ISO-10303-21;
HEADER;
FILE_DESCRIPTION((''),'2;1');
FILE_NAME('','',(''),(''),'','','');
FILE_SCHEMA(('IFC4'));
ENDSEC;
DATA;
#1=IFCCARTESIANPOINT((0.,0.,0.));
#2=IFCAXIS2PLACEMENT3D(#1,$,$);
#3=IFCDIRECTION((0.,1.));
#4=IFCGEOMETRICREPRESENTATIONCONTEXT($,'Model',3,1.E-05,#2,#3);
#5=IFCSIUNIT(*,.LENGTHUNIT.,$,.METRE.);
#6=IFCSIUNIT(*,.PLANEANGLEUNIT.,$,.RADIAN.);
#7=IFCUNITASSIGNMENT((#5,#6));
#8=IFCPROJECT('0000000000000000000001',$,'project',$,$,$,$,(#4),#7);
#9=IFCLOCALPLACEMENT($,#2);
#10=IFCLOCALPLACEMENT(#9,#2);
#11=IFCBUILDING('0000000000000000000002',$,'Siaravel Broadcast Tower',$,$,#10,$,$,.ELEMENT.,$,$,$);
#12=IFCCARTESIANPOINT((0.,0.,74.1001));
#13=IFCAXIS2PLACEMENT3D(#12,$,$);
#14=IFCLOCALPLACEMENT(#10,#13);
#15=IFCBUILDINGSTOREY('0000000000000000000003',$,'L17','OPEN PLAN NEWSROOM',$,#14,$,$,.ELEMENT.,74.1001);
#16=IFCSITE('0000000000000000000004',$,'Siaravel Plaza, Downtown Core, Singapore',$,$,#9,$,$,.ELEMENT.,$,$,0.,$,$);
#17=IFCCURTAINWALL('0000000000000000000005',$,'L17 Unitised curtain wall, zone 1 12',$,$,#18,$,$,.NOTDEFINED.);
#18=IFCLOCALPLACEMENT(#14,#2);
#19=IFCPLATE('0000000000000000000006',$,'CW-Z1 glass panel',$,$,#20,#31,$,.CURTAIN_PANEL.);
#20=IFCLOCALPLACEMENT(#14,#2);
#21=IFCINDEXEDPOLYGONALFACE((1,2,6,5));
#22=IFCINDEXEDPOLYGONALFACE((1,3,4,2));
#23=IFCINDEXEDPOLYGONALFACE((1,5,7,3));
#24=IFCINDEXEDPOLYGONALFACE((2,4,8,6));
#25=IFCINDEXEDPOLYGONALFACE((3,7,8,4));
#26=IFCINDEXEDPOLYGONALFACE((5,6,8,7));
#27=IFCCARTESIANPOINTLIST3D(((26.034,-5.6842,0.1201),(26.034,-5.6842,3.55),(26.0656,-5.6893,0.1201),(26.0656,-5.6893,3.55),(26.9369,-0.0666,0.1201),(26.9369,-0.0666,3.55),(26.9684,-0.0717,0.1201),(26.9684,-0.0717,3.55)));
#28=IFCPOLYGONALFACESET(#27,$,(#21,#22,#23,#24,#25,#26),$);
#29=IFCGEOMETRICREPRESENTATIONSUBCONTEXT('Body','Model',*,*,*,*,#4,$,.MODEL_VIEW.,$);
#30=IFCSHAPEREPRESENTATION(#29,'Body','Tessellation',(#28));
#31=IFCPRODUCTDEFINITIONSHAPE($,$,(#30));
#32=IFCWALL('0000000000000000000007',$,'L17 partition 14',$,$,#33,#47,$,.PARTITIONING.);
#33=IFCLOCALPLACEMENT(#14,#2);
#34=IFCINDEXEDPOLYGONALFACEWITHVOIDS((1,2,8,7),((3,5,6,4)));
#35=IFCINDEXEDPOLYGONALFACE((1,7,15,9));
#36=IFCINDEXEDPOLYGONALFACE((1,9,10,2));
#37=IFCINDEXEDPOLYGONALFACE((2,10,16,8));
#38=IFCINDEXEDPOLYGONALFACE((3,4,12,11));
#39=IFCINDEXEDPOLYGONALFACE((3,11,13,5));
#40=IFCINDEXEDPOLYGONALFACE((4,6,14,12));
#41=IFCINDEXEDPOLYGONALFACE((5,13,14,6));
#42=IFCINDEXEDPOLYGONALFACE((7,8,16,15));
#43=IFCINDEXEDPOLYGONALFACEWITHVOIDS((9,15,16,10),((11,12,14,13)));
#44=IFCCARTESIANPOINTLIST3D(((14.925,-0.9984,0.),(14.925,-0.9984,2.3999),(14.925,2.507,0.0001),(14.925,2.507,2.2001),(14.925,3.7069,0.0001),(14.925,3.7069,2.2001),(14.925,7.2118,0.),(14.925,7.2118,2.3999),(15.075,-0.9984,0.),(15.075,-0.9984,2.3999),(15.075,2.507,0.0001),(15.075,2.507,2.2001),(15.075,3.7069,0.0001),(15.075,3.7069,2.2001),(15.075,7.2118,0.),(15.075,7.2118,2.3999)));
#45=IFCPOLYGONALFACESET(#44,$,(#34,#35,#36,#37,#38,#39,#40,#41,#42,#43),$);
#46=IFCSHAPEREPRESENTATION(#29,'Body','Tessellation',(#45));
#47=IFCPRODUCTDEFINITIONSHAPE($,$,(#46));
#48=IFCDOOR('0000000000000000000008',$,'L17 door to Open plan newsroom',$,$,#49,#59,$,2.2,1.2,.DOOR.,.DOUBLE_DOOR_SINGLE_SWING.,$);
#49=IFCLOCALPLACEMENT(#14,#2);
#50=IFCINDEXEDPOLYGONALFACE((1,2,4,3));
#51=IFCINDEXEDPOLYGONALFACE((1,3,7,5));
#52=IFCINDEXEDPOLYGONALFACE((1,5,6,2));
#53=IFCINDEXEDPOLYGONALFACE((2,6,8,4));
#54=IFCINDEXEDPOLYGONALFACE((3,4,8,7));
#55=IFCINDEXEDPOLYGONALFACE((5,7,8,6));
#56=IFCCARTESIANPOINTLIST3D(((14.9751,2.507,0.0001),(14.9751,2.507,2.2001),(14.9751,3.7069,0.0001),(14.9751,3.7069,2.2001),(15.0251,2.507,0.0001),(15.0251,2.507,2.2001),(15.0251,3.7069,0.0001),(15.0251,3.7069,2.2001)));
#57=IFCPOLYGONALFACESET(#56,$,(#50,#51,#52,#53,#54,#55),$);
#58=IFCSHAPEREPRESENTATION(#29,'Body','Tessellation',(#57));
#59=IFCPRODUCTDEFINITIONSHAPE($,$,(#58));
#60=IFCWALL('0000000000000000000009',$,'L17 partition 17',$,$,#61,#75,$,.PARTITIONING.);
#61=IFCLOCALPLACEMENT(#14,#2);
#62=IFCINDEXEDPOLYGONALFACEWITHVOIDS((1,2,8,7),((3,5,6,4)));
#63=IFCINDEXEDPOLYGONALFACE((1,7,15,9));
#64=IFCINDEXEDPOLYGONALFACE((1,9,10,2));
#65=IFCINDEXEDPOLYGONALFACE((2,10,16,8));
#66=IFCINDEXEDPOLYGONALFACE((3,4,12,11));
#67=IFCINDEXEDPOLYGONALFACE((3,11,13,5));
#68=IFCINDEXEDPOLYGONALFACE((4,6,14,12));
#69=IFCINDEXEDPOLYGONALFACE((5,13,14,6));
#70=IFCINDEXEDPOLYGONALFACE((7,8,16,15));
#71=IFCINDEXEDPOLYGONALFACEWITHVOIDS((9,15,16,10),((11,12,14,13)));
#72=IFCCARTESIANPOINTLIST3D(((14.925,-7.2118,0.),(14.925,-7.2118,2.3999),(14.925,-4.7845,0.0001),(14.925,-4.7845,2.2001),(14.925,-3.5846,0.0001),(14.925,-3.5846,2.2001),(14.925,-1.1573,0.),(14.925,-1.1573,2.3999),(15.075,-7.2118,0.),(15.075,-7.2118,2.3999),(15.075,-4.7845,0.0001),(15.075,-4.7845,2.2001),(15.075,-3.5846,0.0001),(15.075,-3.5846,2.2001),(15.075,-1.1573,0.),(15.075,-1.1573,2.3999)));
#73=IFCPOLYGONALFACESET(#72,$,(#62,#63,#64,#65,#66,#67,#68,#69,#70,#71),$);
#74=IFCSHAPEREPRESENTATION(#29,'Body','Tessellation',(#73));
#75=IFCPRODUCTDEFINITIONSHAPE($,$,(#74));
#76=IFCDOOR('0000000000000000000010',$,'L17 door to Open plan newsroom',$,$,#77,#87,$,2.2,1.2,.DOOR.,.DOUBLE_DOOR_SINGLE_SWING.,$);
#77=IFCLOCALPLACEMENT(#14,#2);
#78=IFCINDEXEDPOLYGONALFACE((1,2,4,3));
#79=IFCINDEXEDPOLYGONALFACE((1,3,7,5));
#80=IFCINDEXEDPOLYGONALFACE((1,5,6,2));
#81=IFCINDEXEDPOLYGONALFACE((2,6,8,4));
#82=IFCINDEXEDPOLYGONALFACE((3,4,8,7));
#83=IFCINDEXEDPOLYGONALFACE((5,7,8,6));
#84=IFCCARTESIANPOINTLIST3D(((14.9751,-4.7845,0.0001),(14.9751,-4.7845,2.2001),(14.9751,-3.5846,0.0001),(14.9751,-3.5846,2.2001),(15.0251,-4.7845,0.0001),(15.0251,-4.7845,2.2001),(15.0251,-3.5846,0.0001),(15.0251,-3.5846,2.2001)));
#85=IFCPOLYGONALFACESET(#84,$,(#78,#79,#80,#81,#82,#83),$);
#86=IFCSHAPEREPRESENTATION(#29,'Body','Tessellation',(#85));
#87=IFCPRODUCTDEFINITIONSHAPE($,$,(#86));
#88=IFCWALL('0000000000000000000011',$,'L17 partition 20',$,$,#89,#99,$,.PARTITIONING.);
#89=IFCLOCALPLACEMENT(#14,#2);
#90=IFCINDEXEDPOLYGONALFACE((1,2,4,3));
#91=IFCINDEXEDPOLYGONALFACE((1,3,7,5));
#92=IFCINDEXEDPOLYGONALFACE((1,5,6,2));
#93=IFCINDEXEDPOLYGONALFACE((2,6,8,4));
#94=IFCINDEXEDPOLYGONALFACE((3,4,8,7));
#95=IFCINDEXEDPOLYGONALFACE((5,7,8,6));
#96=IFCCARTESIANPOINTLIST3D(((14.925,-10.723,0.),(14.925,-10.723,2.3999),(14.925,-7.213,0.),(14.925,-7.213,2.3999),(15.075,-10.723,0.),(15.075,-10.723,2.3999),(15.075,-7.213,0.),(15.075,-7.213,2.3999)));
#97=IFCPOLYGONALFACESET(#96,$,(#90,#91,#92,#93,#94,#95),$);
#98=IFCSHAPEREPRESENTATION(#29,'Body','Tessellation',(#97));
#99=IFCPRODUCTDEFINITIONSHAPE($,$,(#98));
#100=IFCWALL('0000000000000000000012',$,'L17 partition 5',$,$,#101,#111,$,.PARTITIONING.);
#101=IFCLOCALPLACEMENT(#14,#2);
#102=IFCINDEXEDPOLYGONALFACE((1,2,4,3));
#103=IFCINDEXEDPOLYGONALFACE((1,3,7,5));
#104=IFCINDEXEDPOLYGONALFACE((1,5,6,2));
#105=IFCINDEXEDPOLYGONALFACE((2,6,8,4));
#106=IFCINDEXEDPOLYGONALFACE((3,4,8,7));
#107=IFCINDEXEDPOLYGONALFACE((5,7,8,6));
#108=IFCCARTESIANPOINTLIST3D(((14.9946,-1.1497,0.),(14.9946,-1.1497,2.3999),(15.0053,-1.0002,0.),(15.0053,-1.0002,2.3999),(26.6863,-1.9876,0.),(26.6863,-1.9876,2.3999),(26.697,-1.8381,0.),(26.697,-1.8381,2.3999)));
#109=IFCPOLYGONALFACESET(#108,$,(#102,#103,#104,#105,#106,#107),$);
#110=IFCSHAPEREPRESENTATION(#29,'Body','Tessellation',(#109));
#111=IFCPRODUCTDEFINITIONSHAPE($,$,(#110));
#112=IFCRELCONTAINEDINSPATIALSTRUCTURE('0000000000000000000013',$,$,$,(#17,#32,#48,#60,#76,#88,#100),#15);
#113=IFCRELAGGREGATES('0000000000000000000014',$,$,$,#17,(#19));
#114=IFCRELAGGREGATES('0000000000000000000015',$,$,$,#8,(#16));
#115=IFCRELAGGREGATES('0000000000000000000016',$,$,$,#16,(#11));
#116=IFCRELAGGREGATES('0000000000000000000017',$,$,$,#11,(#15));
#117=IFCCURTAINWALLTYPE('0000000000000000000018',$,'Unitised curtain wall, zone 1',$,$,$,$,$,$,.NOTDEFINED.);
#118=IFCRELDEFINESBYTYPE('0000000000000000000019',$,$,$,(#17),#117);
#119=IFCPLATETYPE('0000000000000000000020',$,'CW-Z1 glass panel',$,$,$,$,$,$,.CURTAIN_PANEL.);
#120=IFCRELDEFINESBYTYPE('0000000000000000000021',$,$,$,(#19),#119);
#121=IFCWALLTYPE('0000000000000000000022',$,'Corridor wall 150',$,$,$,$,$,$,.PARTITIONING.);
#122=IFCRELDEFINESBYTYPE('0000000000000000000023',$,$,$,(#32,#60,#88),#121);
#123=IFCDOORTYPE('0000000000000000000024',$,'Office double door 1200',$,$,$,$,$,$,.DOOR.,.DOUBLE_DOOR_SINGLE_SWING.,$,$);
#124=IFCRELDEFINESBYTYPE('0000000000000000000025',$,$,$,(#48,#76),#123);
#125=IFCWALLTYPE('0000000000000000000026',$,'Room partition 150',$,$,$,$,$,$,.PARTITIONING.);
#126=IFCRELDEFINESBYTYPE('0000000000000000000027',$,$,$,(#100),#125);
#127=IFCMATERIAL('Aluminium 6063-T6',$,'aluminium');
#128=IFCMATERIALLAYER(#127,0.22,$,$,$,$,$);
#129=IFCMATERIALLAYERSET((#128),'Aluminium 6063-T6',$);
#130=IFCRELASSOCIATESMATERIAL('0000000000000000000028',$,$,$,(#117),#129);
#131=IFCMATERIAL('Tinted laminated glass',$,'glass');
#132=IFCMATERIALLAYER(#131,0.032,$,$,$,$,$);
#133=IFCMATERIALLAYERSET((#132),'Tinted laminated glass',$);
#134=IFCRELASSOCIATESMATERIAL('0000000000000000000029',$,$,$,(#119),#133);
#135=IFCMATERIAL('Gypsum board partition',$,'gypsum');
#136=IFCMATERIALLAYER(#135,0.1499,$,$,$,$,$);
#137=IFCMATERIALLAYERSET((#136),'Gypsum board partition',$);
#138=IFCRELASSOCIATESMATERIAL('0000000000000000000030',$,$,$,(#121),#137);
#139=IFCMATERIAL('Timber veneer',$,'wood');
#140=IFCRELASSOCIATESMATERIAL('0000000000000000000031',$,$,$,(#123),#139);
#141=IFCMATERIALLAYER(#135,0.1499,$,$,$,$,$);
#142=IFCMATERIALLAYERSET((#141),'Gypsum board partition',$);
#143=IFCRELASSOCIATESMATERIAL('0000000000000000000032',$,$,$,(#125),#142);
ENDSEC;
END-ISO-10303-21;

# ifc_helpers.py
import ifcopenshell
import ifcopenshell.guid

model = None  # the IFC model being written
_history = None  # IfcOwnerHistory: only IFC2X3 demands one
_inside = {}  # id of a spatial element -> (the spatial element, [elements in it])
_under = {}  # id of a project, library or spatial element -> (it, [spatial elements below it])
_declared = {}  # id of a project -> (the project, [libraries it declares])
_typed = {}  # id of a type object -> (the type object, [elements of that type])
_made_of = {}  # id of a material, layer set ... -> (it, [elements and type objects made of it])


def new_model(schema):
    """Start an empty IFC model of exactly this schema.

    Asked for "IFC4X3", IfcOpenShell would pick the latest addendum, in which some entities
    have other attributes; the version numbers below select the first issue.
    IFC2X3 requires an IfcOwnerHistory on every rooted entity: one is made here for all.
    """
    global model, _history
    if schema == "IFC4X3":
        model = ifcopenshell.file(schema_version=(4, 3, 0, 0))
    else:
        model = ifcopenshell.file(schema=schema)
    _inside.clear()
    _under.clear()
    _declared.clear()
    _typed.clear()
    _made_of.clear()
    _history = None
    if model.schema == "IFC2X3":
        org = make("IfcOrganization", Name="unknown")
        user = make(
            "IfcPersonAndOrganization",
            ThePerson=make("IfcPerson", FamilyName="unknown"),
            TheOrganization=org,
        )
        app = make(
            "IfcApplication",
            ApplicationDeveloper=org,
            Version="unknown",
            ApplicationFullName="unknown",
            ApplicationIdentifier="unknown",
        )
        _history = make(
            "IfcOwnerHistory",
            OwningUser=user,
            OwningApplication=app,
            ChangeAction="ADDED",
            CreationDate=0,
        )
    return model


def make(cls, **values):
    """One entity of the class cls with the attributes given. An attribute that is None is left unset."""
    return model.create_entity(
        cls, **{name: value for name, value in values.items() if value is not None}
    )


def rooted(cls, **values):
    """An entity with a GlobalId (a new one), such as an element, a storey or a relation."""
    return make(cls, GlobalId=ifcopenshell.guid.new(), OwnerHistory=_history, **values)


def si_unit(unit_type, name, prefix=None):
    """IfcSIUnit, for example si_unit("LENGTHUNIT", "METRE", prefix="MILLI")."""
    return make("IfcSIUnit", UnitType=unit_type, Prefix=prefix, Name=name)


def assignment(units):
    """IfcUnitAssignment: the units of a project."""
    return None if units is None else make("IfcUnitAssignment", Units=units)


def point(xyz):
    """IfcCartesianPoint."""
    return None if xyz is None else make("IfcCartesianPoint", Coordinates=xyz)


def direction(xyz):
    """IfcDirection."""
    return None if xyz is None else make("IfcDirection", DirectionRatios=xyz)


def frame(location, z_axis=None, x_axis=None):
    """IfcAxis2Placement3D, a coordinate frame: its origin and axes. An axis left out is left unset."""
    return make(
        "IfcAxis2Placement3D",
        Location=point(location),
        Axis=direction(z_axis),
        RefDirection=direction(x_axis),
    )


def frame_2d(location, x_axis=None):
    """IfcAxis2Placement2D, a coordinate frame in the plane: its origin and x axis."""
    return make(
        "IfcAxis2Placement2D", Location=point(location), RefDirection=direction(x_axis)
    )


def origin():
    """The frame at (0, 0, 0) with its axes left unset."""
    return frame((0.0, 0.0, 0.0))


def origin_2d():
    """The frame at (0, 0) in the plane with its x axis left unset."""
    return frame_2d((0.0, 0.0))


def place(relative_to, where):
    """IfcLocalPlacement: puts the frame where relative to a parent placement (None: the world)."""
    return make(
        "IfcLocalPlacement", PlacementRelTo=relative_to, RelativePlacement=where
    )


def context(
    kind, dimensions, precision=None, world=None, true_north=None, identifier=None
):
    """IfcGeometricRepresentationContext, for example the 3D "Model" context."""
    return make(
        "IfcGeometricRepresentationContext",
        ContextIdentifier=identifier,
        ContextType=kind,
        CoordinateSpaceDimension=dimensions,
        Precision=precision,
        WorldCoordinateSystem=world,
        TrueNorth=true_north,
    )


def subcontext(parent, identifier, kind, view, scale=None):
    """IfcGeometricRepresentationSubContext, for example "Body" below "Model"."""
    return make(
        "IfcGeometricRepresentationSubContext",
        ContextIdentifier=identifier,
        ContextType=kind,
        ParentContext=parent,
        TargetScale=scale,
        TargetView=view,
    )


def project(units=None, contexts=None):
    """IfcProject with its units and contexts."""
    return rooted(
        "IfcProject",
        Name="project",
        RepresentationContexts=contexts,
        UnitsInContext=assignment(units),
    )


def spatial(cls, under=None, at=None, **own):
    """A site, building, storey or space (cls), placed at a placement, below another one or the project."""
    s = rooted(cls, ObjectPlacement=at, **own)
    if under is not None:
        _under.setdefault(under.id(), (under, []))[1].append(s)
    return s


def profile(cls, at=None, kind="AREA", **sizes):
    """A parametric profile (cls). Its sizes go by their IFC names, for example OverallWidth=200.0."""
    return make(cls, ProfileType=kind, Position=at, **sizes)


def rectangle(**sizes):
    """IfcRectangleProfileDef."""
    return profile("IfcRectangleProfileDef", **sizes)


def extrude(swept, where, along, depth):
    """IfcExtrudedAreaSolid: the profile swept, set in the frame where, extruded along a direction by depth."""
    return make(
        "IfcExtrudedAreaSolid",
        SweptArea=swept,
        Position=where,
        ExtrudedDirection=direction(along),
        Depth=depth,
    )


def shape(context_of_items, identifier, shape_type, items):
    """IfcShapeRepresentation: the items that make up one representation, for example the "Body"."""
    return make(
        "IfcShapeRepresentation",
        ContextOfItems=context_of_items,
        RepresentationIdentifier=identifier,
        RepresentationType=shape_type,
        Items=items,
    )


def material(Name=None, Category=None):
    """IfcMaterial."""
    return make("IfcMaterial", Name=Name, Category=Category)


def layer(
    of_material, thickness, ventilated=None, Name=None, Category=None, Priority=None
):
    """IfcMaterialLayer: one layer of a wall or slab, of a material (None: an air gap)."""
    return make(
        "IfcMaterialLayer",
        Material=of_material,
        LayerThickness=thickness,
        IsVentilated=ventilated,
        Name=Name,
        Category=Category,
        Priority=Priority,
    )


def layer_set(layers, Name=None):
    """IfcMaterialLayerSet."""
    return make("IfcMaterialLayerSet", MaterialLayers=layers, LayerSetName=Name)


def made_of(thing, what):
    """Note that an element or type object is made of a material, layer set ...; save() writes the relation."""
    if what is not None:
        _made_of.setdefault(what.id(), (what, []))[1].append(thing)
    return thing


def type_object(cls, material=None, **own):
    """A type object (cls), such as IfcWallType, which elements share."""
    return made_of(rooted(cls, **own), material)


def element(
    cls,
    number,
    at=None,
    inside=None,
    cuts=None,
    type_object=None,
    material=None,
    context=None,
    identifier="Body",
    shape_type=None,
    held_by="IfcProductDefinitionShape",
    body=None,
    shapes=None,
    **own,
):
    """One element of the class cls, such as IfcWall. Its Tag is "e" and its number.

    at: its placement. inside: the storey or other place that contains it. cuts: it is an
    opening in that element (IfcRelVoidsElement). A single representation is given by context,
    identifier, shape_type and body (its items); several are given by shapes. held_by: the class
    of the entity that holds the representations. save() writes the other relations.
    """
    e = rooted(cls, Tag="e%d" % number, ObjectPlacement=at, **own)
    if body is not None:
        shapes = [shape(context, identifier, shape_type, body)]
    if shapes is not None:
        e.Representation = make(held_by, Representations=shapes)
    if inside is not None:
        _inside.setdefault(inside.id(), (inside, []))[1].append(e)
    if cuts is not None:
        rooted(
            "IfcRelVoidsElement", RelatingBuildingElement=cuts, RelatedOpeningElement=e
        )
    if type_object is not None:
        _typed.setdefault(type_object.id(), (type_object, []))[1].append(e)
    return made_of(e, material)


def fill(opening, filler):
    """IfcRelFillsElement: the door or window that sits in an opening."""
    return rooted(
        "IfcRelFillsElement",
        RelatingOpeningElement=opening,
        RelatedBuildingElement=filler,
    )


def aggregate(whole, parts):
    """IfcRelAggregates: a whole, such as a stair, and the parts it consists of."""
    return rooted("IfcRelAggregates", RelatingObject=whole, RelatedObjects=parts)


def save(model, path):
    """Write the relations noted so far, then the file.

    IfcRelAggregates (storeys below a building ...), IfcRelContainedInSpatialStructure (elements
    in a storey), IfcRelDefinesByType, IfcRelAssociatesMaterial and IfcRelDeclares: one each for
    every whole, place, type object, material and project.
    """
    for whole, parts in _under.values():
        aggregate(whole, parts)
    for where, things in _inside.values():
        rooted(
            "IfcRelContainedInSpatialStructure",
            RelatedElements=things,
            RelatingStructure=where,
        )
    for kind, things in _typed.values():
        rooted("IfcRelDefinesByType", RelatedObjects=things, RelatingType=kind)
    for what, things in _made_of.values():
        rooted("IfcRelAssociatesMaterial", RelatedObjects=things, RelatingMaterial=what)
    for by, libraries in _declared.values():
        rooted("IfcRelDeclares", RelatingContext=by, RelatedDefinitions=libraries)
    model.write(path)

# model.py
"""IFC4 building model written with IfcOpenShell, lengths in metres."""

from ifc_helpers import new_model, si_unit, direction, frame, frame_2d, origin, origin_2d, place, context, subcontext, project, spatial, rectangle, extrude, material, layer, layer_set, type_object, element, fill, aggregate, save


model = new_model("IFC4")

# Units and contexts
model_context = context("Model", 3, precision=1e-05, world=origin(), true_north=direction((0.0, 1.0)))
body_context = subcontext(model_context, "Body", "Model", "MODEL_VIEW")
ifc_project = project(units=[si_unit("LENGTHUNIT", "METRE"), si_unit("PLANEANGLEUNIT", "RADIAN")], contexts=[model_context])

# Site, building, storey
site_placement = place(None, origin())
site = spatial("IfcSite", under=ifc_project, at=site_placement, Name="Siaravel Plaza, Downtown Core, Singapore", CompositionType="ELEMENT", RefElevation=0.0)
building_placement = place(site_placement, origin())
building = spatial("IfcBuilding", under=site, at=building_placement, Name="Siaravel Broadcast Tower", CompositionType="ELEMENT")
storey_placement = place(building_placement, frame((0.0, 0.0, 74.1001)))
storey = spatial("IfcBuildingStorey", under=building, at=storey_placement, Name="L17", Description="OPEN PLAN NEWSROOM", CompositionType="ELEMENT", Elevation=74.1001)

# Shared definitions
ifc_material_1 = material(Name="Aluminium 6063-T6", Category="aluminium")
ifc_layer_1 = layer(ifc_material_1, 0.22)
ifc_layer_set_1 = layer_set([ifc_layer_1], Name="Aluminium 6063-T6")
curtain_wall_type = type_object("IfcCurtainWallType", Name="Unitised curtain wall, zone 1", PredefinedType="NOTDEFINED", material=ifc_layer_set_1)

# Curtain wall
curtain_wall_1_placement = place(storey_placement, origin())
curtain_wall_1 = element("IfcCurtainWall", 1, at=curtain_wall_1_placement, inside=storey, type_object=curtain_wall_type, Name="L17 Unitised curtain wall, zone 1 12", PredefinedType="NOTDEFINED")

# Plate
ifc_material_2 = material(Name="Tinted laminated glass", Category="glass")
ifc_layer_2 = layer(ifc_material_2, 0.032)
ifc_layer_set_2 = layer_set([ifc_layer_2], Name="Tinted laminated glass")
plate_type = type_object("IfcPlateType", Name="CW-Z1 glass panel", PredefinedType="CURTAIN_PANEL", material=ifc_layer_set_2)
plate_1_placement = place(storey_placement, frame((26.5012, -2.8779, 0.1201), z_axis=(0.0, 0.0, 1.0), x_axis=(0.158685, 0.987329, 0.0)))
plate_1 = element("IfcPlate", 2, at=plate_1_placement, type_object=plate_type, Name="CW-Z1 glass panel", PredefinedType="CURTAIN_PANEL", context=body_context, shape_type="SweptSolid", body=[
    extrude(rectangle(XDim=5.6897, YDim=0.032, at=origin_2d()), origin(), (0.0, 0.0, 1.0), 3.4299),
])
aggregate(curtain_wall_1, [plate_1])

# Walls, openings, doors
ifc_material_3 = material(Name="Gypsum board partition", Category="gypsum")
ifc_layer_3 = layer(ifc_material_3, 0.1499)
ifc_layer_set_3 = layer_set([ifc_layer_3], Name="Gypsum board partition")
wall_type_1 = type_object("IfcWallType", Name="Corridor wall 150", PredefinedType="PARTITIONING", material=ifc_layer_set_3)
wall_1_placement = place(storey_placement, frame((15.0, -0.9983, 0.0), z_axis=(0.0, 0.0, 1.0), x_axis=(0.0, 1.0, 0.0)))
wall_1 = element("IfcWall", 3, at=wall_1_placement, inside=storey, type_object=wall_type_1, Name="L17 partition 14", PredefinedType="PARTITIONING", context=body_context, shape_type="SweptSolid", body=[
    extrude(rectangle(XDim=8.2102, YDim=0.1499, at=frame_2d((4.105, 0.0))), origin(), (0.0, 0.0, 1.0), 2.3999),
])
opening_1_placement = place(wall_1_placement, frame((3.5051, 0.0, 0.0)))
opening_1 = element("IfcOpeningElement", 4, at=opening_1_placement, cuts=wall_1, PredefinedType="OPENING", context=body_context, shape_type="SweptSolid", body=[
    extrude(rectangle(XDim=1.2, YDim=2.2, at=frame_2d((0.6001, 1.1001))), frame((0.0, 0.085, 0.0), z_axis=(0.0, -1.0, 0.0), x_axis=(1.0, 0.0, 0.0)), (0.0, 0.0, 1.0), 0.1699),
])
ifc_material_4 = material(Name="Timber veneer", Category="wood")
door_type = type_object("IfcDoorType", Name="Office double door 1200", OperationType="DOUBLE_DOOR_SINGLE_SWING", PredefinedType="DOOR", material=ifc_material_4)
door_1_placement = place(opening_1_placement, origin())
door_1 = element("IfcDoor", 5, at=door_1_placement, inside=storey, type_object=door_type, Name="L17 door to Open plan newsroom", OperationType="DOUBLE_DOOR_SINGLE_SWING", OverallHeight=2.2, OverallWidth=1.2, PredefinedType="DOOR", context=body_context, shape_type="SweptSolid", body=[
    extrude(rectangle(XDim=1.2, YDim=2.2, at=frame_2d((0.6001, 1.1001))), frame((0.0, 0.0249, 0.0), z_axis=(0.0, -1.0, 0.0), x_axis=(1.0, 0.0, 0.0)), (0.0, 0.0, 1.0), 0.05),
])
fill(opening_1, door_1)
wall_2_placement = place(storey_placement, frame((15.0, -7.2119, 0.0), z_axis=(0.0, 0.0, 1.0), x_axis=(0.0, 1.0, 0.0)))
wall_2 = element("IfcWall", 6, at=wall_2_placement, inside=storey, type_object=wall_type_1, Name="L17 partition 17", PredefinedType="PARTITIONING", context=body_context, shape_type="SweptSolid", body=[
    extrude(rectangle(XDim=6.0544, YDim=0.1499, at=frame_2d((3.0273, 0.0))), origin(), (0.0, 0.0, 1.0), 2.3999),
])
opening_2_placement = place(wall_2_placement, frame((2.4272, 0.0, 0.0)))
opening_2 = element("IfcOpeningElement", 7, at=opening_2_placement, cuts=wall_2, PredefinedType="OPENING", context=body_context, shape_type="SweptSolid", body=[
    extrude(rectangle(XDim=1.2, YDim=2.2, at=frame_2d((0.6001, 1.1001))), frame((0.0, 0.085, 0.0), z_axis=(0.0, -1.0, 0.0), x_axis=(1.0, 0.0, 0.0)), (0.0, 0.0, 1.0), 0.1699),
])
door_2_placement = place(opening_2_placement, origin())
door_2 = element("IfcDoor", 8, at=door_2_placement, inside=storey, type_object=door_type, Name="L17 door to Open plan newsroom", OperationType="DOUBLE_DOOR_SINGLE_SWING", OverallHeight=2.2, OverallWidth=1.2, PredefinedType="DOOR", context=body_context, shape_type="SweptSolid", body=[
    extrude(rectangle(XDim=1.2, YDim=2.2, at=frame_2d((0.6001, 1.1001))), frame((0.0, 0.0249, 0.0), z_axis=(0.0, -1.0, 0.0), x_axis=(1.0, 0.0, 0.0)), (0.0, 0.0, 1.0), 0.05),
])
fill(opening_2, door_2)

# Walls
wall_3_placement = place(storey_placement, frame((15.0, -10.7229, 0.0), z_axis=(0.0, 0.0, 1.0), x_axis=(0.0, 1.0, 0.0)))
element("IfcWall", 9, at=wall_3_placement, inside=storey, type_object=wall_type_1, Name="L17 partition 20", PredefinedType="PARTITIONING", context=body_context, shape_type="SweptSolid", body=[
    extrude(rectangle(XDim=3.51, YDim=0.1499, at=frame_2d((1.7549, 0.0))), origin(), (0.0, 0.0, 1.0), 2.3999),
])
ifc_layer_4 = layer(ifc_material_3, 0.1499)
ifc_layer_set_4 = layer_set([ifc_layer_4], Name="Gypsum board partition")
wall_type_2 = type_object("IfcWallType", Name="Room partition 150", PredefinedType="PARTITIONING", material=ifc_layer_set_4)
wall_4_placement = place(storey_placement, frame((26.6917, -1.9128, 0.0), z_axis=(0.0, 0.0, 1.0), x_axis=(-0.997442, 0.071482, 0.0)))
element("IfcWall", 10, at=wall_4_placement, inside=storey, type_object=wall_type_2, Name="L17 partition 5", PredefinedType="PARTITIONING", context=body_context, shape_type="SweptSolid", body=[
    extrude(rectangle(XDim=11.7217, YDim=0.1499, at=frame_2d((5.8608, 0.0))), origin(), (0.0, 0.0, 1.0), 2.3999),
])

save(model, "model.ifc")
